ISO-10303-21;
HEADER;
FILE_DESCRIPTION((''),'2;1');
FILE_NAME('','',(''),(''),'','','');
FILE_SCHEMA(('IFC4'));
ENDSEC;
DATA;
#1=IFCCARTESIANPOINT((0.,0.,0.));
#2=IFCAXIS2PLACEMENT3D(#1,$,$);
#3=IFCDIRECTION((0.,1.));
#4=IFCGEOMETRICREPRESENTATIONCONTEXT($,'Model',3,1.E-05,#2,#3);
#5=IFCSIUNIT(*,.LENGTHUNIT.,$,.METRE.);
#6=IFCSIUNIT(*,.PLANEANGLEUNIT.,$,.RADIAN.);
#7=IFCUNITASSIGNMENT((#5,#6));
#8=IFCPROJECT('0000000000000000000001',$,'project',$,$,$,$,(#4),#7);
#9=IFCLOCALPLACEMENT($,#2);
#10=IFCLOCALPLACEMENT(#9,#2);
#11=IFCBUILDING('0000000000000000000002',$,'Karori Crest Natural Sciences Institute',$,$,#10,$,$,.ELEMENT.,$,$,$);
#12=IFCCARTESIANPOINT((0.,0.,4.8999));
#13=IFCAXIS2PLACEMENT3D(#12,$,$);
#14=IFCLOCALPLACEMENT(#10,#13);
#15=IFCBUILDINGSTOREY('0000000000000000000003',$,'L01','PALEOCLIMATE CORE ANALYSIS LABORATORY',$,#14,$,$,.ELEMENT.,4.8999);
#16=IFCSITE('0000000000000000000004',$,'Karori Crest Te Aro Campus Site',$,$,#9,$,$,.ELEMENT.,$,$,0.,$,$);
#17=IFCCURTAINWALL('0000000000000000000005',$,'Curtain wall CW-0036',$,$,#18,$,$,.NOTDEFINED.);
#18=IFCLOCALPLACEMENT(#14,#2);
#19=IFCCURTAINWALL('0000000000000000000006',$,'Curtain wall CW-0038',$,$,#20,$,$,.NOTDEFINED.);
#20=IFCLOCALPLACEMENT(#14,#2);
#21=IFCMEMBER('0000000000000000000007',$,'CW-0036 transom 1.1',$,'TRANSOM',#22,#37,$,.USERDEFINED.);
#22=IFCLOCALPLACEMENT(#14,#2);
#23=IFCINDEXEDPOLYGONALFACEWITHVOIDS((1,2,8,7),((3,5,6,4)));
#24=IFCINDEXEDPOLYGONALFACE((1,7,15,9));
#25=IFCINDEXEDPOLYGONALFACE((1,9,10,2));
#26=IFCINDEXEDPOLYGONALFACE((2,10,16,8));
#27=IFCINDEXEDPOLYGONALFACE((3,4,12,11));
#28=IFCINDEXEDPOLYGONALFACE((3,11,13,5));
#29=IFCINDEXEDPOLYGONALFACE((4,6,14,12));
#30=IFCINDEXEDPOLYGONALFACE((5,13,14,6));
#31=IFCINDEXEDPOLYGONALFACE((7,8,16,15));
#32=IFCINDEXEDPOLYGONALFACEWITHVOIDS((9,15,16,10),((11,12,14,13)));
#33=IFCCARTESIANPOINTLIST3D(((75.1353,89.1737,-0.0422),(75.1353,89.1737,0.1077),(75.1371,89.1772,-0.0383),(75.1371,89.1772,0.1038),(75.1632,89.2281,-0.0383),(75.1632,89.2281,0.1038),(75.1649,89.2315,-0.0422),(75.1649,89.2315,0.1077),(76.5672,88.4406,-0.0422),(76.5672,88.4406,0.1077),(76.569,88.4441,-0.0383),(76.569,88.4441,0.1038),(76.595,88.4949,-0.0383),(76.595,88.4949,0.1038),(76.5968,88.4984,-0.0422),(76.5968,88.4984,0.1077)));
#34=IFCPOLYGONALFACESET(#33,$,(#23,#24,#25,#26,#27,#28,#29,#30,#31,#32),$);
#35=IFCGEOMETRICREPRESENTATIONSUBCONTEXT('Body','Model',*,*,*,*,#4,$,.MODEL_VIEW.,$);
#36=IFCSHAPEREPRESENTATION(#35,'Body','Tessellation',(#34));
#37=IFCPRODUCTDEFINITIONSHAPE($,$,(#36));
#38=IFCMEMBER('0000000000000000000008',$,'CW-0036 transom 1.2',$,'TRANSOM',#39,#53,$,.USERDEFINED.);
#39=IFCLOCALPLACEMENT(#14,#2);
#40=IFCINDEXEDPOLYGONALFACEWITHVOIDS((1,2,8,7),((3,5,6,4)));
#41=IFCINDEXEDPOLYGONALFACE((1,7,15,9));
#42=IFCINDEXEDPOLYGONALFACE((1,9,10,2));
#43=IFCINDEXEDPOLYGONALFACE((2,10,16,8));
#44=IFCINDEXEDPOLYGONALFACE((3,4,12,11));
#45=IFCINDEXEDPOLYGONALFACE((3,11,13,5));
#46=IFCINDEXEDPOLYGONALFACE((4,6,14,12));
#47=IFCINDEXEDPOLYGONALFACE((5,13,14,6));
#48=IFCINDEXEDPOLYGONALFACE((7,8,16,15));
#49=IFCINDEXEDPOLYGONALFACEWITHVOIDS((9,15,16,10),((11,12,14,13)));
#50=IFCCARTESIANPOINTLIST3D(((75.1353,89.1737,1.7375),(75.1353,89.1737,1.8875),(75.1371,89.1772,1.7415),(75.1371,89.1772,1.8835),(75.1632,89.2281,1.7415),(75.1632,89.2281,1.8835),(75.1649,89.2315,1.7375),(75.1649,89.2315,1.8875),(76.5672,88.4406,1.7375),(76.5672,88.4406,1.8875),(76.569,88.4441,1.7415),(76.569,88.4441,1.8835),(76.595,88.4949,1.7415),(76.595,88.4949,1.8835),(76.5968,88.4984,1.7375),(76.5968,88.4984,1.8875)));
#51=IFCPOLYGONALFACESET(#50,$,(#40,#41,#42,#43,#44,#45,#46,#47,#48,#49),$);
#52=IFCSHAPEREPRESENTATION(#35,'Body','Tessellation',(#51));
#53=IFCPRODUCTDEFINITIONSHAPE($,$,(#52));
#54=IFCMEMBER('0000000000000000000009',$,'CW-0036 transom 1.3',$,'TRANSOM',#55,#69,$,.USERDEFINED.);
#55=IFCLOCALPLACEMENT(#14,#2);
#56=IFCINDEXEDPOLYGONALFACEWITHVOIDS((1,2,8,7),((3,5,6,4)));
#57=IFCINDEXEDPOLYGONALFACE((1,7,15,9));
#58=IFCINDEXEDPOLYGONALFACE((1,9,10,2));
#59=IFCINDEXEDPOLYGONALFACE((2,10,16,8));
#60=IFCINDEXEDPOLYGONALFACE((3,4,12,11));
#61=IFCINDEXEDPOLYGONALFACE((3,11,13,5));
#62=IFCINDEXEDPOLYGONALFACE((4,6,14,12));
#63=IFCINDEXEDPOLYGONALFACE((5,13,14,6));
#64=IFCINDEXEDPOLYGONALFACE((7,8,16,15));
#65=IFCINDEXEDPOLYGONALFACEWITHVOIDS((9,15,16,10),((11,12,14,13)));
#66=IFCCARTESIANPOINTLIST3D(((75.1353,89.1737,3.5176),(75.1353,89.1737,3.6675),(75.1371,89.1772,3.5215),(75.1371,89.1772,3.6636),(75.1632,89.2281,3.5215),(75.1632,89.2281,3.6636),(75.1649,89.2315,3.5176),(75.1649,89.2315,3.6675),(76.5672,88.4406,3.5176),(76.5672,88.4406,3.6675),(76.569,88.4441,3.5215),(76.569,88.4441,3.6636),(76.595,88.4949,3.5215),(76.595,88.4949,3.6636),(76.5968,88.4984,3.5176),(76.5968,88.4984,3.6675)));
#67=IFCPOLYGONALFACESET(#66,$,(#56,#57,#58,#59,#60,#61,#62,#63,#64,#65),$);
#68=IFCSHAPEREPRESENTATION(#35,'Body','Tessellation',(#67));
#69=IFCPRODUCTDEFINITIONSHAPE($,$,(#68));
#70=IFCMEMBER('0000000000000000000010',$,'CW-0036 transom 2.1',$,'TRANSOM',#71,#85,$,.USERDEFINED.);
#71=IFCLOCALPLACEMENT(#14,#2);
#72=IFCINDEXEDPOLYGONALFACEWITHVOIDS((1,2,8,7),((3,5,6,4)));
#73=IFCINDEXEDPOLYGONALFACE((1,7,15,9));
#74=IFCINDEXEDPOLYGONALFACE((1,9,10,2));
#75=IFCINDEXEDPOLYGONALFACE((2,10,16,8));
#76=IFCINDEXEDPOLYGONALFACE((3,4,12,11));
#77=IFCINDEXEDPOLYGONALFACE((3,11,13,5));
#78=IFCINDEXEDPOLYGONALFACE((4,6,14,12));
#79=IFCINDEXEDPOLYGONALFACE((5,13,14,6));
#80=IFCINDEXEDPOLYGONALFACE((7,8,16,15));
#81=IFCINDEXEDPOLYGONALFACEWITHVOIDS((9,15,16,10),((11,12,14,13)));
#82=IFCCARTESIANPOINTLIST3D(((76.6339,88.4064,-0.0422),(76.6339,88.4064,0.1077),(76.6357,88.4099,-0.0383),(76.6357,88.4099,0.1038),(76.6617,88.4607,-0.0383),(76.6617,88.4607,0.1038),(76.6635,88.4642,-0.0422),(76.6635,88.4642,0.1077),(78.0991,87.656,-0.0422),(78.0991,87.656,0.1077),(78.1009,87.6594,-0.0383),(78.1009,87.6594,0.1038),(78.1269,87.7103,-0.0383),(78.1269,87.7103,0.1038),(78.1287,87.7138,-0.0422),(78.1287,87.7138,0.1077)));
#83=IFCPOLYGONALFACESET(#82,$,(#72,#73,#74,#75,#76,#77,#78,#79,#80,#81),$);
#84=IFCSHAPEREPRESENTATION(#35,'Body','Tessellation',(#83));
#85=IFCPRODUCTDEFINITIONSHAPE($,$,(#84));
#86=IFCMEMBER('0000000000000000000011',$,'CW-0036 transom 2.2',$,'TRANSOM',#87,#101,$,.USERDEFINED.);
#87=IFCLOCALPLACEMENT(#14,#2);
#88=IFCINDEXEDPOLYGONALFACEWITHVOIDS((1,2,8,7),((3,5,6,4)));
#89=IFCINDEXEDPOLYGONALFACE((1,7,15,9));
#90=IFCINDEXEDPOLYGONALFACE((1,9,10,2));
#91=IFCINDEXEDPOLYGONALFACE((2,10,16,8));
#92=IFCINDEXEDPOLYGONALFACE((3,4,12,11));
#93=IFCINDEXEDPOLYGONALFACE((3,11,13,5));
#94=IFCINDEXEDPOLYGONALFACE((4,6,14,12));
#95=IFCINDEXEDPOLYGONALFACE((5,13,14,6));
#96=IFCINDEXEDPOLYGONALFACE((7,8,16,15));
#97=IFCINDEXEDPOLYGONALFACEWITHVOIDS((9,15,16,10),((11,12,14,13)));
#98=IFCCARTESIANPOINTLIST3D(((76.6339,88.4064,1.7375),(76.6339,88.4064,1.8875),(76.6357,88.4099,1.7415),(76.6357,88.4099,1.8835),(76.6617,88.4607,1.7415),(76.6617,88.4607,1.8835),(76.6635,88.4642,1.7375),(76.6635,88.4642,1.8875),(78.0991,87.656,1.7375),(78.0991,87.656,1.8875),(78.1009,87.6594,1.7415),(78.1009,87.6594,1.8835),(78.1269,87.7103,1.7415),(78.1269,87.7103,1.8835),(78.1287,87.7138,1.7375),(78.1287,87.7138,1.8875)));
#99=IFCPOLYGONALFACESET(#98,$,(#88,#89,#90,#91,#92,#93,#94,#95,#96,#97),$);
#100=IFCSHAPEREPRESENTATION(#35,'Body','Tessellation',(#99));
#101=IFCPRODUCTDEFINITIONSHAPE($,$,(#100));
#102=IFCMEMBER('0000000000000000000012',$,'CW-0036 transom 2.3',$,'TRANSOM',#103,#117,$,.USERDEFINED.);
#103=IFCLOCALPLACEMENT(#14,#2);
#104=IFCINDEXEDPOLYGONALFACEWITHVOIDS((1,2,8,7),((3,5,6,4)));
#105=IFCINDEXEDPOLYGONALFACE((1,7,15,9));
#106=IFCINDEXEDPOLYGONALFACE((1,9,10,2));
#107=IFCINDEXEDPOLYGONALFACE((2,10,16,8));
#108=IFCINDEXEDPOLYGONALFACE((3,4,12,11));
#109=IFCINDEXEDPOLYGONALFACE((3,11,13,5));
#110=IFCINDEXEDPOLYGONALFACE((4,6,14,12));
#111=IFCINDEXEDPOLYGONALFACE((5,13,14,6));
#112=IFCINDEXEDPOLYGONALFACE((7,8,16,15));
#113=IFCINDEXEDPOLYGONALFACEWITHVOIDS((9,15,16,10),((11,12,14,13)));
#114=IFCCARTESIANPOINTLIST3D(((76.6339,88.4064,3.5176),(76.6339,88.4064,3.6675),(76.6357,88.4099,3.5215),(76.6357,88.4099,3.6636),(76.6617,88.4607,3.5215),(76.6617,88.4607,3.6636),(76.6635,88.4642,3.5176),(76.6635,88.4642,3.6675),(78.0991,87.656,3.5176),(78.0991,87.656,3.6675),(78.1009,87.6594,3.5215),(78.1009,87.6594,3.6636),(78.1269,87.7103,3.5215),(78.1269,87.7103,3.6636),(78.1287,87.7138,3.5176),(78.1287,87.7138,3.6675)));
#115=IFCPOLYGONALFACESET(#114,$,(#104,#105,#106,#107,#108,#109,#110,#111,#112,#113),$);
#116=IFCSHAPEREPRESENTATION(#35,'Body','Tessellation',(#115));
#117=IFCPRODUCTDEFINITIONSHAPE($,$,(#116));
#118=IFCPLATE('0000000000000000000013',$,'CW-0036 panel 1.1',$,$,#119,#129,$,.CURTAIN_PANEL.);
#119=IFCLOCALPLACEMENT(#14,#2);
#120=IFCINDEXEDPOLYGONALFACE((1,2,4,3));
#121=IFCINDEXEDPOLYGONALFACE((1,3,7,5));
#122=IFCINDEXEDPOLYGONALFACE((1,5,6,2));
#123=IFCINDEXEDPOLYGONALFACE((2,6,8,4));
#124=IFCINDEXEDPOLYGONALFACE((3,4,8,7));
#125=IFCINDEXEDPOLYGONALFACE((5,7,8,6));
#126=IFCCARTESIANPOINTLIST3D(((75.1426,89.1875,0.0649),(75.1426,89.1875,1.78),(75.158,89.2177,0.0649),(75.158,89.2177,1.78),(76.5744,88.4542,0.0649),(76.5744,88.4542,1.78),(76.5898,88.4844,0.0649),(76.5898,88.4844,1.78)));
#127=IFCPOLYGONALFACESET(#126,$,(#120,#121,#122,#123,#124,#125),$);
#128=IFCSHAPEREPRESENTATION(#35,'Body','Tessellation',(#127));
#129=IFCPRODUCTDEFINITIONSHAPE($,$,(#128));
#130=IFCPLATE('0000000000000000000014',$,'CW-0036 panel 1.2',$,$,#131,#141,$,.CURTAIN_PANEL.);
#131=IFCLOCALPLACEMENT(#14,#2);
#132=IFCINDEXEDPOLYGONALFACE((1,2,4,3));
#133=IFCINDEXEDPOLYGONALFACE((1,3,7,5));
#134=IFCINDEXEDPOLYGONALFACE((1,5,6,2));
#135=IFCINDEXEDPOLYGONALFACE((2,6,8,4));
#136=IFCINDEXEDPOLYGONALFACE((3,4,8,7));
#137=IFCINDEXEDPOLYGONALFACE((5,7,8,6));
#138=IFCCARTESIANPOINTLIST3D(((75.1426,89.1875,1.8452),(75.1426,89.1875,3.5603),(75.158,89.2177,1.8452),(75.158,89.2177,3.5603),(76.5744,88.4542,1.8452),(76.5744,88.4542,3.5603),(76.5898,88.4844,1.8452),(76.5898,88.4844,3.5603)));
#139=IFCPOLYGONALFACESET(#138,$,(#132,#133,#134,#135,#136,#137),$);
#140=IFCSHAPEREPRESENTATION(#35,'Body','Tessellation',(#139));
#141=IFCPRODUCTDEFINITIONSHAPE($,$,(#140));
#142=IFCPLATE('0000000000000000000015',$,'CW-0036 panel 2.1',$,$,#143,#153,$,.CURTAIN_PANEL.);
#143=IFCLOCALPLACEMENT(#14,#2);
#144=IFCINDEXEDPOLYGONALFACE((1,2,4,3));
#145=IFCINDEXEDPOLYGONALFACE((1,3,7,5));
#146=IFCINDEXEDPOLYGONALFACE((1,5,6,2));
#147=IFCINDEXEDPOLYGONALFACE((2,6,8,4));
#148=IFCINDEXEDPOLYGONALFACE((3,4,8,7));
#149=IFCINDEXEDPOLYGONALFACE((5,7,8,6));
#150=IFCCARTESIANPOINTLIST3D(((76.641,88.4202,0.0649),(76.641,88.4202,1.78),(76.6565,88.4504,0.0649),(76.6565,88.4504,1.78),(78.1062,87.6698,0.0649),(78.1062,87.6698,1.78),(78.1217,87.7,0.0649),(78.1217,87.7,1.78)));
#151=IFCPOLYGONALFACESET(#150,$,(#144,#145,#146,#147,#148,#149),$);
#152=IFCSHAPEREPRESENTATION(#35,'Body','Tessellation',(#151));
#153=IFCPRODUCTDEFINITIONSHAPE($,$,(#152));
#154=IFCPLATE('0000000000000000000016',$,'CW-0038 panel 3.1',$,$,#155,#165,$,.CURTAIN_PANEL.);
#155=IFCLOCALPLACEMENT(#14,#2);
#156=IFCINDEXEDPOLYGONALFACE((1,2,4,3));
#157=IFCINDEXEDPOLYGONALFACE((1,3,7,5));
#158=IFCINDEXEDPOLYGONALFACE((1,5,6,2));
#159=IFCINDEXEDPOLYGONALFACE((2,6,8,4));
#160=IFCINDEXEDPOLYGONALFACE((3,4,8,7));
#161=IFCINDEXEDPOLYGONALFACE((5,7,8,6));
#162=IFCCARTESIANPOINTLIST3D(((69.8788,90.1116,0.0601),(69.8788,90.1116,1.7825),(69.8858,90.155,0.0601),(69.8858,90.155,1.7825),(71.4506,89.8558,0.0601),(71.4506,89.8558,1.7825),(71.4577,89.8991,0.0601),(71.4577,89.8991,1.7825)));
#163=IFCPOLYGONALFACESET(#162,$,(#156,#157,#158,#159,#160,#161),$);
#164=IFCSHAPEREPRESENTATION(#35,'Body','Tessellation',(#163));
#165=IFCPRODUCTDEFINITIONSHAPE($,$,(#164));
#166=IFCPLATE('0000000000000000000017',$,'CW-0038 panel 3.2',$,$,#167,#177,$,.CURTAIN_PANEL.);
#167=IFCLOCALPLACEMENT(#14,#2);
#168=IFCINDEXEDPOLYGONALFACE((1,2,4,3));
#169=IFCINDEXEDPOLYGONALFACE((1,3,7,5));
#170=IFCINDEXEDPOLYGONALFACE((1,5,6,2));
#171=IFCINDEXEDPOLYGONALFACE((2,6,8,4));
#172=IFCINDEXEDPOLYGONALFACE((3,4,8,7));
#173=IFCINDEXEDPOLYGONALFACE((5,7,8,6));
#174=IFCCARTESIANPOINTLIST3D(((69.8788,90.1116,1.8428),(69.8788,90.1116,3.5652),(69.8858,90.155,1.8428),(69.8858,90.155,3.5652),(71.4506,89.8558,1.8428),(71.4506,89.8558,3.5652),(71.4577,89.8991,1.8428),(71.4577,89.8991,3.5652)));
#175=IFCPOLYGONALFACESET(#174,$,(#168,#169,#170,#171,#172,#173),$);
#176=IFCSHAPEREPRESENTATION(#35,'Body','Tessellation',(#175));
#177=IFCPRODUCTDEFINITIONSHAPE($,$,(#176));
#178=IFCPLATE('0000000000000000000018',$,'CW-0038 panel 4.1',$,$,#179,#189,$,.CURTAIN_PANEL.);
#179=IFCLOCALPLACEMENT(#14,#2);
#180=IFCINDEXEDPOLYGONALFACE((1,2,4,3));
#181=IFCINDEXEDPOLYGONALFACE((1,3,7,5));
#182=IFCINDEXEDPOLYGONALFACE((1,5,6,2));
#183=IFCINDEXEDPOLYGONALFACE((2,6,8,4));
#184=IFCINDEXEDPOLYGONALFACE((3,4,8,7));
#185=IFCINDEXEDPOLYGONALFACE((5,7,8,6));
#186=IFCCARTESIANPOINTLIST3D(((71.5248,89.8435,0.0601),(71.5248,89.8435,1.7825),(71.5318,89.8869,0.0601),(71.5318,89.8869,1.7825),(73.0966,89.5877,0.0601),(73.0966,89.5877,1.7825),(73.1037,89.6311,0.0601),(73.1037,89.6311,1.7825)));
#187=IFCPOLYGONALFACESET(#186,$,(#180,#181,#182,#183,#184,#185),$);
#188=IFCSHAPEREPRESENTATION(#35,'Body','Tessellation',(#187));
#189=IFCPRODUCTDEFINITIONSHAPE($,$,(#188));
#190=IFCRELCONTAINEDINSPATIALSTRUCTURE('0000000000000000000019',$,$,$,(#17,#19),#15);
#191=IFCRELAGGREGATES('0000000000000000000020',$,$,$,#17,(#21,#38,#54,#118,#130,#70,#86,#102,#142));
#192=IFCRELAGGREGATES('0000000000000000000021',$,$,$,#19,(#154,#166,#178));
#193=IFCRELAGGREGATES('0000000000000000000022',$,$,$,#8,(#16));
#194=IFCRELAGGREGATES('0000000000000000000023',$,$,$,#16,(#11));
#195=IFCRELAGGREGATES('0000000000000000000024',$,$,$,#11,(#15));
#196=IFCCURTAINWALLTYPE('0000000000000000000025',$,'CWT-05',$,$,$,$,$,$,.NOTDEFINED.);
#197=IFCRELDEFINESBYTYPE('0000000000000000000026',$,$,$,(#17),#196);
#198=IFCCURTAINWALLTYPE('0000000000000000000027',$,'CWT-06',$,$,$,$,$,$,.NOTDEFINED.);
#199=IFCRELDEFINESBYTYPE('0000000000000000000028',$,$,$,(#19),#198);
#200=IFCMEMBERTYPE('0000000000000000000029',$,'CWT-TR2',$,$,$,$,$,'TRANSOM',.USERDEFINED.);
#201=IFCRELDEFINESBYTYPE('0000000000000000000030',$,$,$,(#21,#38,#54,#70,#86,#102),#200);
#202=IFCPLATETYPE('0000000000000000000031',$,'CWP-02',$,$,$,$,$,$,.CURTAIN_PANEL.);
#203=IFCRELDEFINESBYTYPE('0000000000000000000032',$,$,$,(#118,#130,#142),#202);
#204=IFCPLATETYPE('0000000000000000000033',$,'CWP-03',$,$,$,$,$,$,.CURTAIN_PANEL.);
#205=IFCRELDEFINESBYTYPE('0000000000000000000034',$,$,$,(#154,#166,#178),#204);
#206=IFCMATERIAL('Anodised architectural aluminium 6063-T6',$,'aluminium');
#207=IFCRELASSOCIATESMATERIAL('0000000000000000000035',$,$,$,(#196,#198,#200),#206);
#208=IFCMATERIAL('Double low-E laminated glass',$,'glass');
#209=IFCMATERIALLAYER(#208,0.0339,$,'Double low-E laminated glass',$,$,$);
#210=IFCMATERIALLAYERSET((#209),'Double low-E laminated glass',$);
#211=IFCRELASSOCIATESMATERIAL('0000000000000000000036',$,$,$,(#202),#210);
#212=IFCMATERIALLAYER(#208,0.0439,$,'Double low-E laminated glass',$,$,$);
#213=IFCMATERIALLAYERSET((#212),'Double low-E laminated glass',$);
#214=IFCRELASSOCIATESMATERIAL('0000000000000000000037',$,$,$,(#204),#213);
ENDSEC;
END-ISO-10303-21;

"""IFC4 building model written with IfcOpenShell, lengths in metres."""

from ifc_helpers import new_model, si_unit, direction, frame, origin, origin_2d, place, context, subcontext, project, spatial, rectangle, hollow_rectangle, extrude, material, layer, layer_set, material_profile, profile_set, type_object, element, aggregate, save


model = new_model("IFC4")

# Units and contexts
model_context = context("Model", 3, precision=1e-05, world=origin(), true_north=direction((0.0, 1.0)))
body_context = subcontext(model_context, "Body", "Model", "MODEL_VIEW")
ifc_project = project(units=[si_unit("LENGTHUNIT", "METRE"), si_unit("PLANEANGLEUNIT", "RADIAN")], contexts=[model_context])

# Site, building, storey
site_placement = place(None, origin())
site = spatial("IfcSite", under=ifc_project, at=site_placement, Name="Karori Crest Te Aro Campus Site", CompositionType="ELEMENT", RefElevation=0.0)
building_placement = place(site_placement, origin())
building = spatial("IfcBuilding", under=site, at=building_placement, Name="Karori Crest Natural Sciences Institute", CompositionType="ELEMENT")
storey_placement = place(building_placement, frame((0.0, 0.0, 4.8999)))
storey = spatial("IfcBuildingStorey", under=building, at=storey_placement, Name="L01", Description="PALEOCLIMATE CORE ANALYSIS LABORATORY", CompositionType="ELEMENT", Elevation=4.8999)

# Curtain walls
ifc_material_1 = material(Name="Anodised architectural aluminium 6063-T6", Category="aluminium")
curtain_wall_type_1 = type_object("IfcCurtainWallType", Name="CWT-05", PredefinedType="NOTDEFINED", material=ifc_material_1)
curtain_wall_1_placement = place(storey_placement, origin())
curtain_wall_1 = element("IfcCurtainWall", 1, at=curtain_wall_1_placement, inside=storey, type_object=curtain_wall_type_1, Name="Curtain wall CW-0036", PredefinedType="NOTDEFINED")
curtain_wall_type_2 = type_object("IfcCurtainWallType", Name="CWT-06", PredefinedType="NOTDEFINED", material=ifc_material_1)
curtain_wall_2_placement = place(storey_placement, origin())
curtain_wall_2 = element("IfcCurtainWall", 2, at=curtain_wall_2_placement, inside=storey, type_object=curtain_wall_type_2, Name="Curtain wall CW-0038", PredefinedType="NOTDEFINED")

# Members
ifc_material_profile_1 = material_profile(ifc_material_1, hollow_rectangle(XDim=0.0649, YDim=0.1499, WallThickness=0.0039, at=origin_2d()), Name="CWT150x65x4")
ifc_profile_set_1 = profile_set([ifc_material_profile_1], Name="Anodised architectural aluminium 6063-T6")
member_type_1 = type_object("IfcMemberType", Name="CWT-TR2", ElementType="TRANSOM", PredefinedType="USERDEFINED", material=ifc_profile_set_1)
member_1_placement = place(storey_placement, frame((75.1501, 89.2026, 0.0327), z_axis=(0.890106, -0.455753, 0.0), x_axis=(0.455753, 0.890106, 0.0)))
member_1 = element("IfcMember", 3, at=member_1_placement, type_object=member_type_1, Name="CW-0036 transom 1.1", ObjectType="TRANSOM", PredefinedType="USERDEFINED", context=body_context, shape_type="SweptSolid", body=[
    extrude(hollow_rectangle(XDim=0.0649, YDim=0.1499, WallThickness=0.0039, at=origin_2d()), origin(), (0.0, 0.0, 1.0), 1.6086),
])
member_2_placement = place(storey_placement, frame((75.1501, 89.2026, 1.8125), z_axis=(0.890106, -0.455753, 0.0), x_axis=(0.455753, 0.890106, 0.0)))
member_2 = element("IfcMember", 4, at=member_2_placement, type_object=member_type_1, Name="CW-0036 transom 1.2", ObjectType="TRANSOM", PredefinedType="USERDEFINED", context=body_context, shape_type="SweptSolid", body=[
    extrude(hollow_rectangle(XDim=0.0649, YDim=0.1499, WallThickness=0.0039, at=origin_2d()), origin(), (0.0, 0.0, 1.0), 1.6086),
])
member_3_placement = place(storey_placement, frame((75.1501, 89.2026, 3.5925), z_axis=(0.890106, -0.455753, 0.0), x_axis=(0.455753, 0.890106, 0.0)))
member_3 = element("IfcMember", 5, at=member_3_placement, type_object=member_type_1, Name="CW-0036 transom 1.3", ObjectType="TRANSOM", PredefinedType="USERDEFINED", context=body_context, shape_type="SweptSolid", body=[
    extrude(hollow_rectangle(XDim=0.0649, YDim=0.1499, WallThickness=0.0039, at=origin_2d()), origin(), (0.0, 0.0, 1.0), 1.6086),
])
member_4_placement = place(storey_placement, frame((76.6487, 88.4353, 0.0327), z_axis=(0.890055, -0.455853, 0.0), x_axis=(0.455853, 0.890055, 0.0)))
member_4 = element("IfcMember", 6, at=member_4_placement, type_object=member_type_1, Name="CW-0036 transom 2.1", ObjectType="TRANSOM", PredefinedType="USERDEFINED", context=body_context, shape_type="SweptSolid", body=[
    extrude(hollow_rectangle(XDim=0.0649, YDim=0.1499, WallThickness=0.0039, at=origin_2d()), origin(), (0.0, 0.0, 1.0), 1.6462),
])
member_5_placement = place(storey_placement, frame((76.6487, 88.4353, 1.8125), z_axis=(0.890055, -0.455853, 0.0), x_axis=(0.455853, 0.890055, 0.0)))
member_5 = element("IfcMember", 7, at=member_5_placement, type_object=member_type_1, Name="CW-0036 transom 2.2", ObjectType="TRANSOM", PredefinedType="USERDEFINED", context=body_context, shape_type="SweptSolid", body=[
    extrude(hollow_rectangle(XDim=0.0649, YDim=0.1499, WallThickness=0.0039, at=origin_2d()), origin(), (0.0, 0.0, 1.0), 1.6462),
])
member_6_placement = place(storey_placement, frame((76.6487, 88.4353, 3.5925), z_axis=(0.890055, -0.455853, 0.0), x_axis=(0.455853, 0.890055, 0.0)))
member_6 = element("IfcMember", 8, at=member_6_placement, type_object=member_type_1, Name="CW-0036 transom 2.3", ObjectType="TRANSOM", PredefinedType="USERDEFINED", context=body_context, shape_type="SweptSolid", body=[
    extrude(hollow_rectangle(XDim=0.0649, YDim=0.1499, WallThickness=0.0039, at=origin_2d()), origin(), (0.0, 0.0, 1.0), 1.6462),
])

# Plates
ifc_material_2 = material(Name="Double low-E laminated glass", Category="glass")
ifc_layer_1 = layer(ifc_material_2, 0.0339, Name="Double low-E laminated glass")
ifc_layer_set_1 = layer_set([ifc_layer_1], Name="Double low-E laminated glass")
plate_type_1 = type_object("IfcPlateType", Name="CWP-02", PredefinedType="CURTAIN_PANEL", material=ifc_layer_set_1)
plate_1_placement = place(storey_placement, frame((75.8662, 88.8359, 0.0649), z_axis=(0.0, 0.0, 1.0), x_axis=(0.890065, -0.455833, 0.0)))
plate_1 = element("IfcPlate", 9, at=plate_1_placement, type_object=plate_type_1, Name="CW-0036 panel 1.1", PredefinedType="CURTAIN_PANEL", context=body_context, shape_type="SweptSolid", body=[
    extrude(rectangle(XDim=1.6086, YDim=0.0339, at=origin_2d()), origin(), (0.0, 0.0, 1.0), 1.7151),
])
plate_2_placement = place(storey_placement, frame((75.8662, 88.8359, 1.8452), z_axis=(0.0, 0.0, 1.0), x_axis=(0.890065, -0.455833, 0.0)))
plate_2 = element("IfcPlate", 10, at=plate_2_placement, type_object=plate_type_1, Name="CW-0036 panel 1.2", PredefinedType="CURTAIN_PANEL", context=body_context, shape_type="SweptSolid", body=[
    extrude(rectangle(XDim=1.6086, YDim=0.0339, at=origin_2d()), origin(), (0.0, 0.0, 1.0), 1.7151),
])
plate_3_placement = place(storey_placement, frame((77.3813, 88.0601, 0.0649), z_axis=(0.0, 0.0, 1.0), x_axis=(0.890065, -0.455833, 0.0)))
plate_3 = element("IfcPlate", 11, at=plate_3_placement, type_object=plate_type_1, Name="CW-0036 panel 2.1", PredefinedType="CURTAIN_PANEL", context=body_context, shape_type="SweptSolid", body=[
    extrude(rectangle(XDim=1.6462, YDim=0.0339, at=origin_2d()), origin(), (0.0, 0.0, 1.0), 1.7151),
])
aggregate(curtain_wall_1, [member_1, member_2, member_3, plate_1, plate_2, member_4, member_5, member_6, plate_3])
ifc_layer_2 = layer(ifc_material_2, 0.0439, Name="Double low-E laminated glass")
ifc_layer_set_2 = layer_set([ifc_layer_2], Name="Double low-E laminated glass")
plate_type_2 = type_object("IfcPlateType", Name="CWP-03", PredefinedType="CURTAIN_PANEL", material=ifc_layer_set_2)
plate_4_placement = place(storey_placement, frame((70.6682, 90.0054, 0.0601), z_axis=(0.0, 0.0, 1.0), x_axis=(0.987011, -0.160652, 0.0)))
plate_4 = element("IfcPlate", 12, at=plate_4_placement, type_object=plate_type_2, Name="CW-0038 panel 3.1", PredefinedType="CURTAIN_PANEL", context=body_context, shape_type="SweptSolid", body=[
    extrude(rectangle(XDim=1.5925, YDim=0.0439, at=origin_2d()), origin(), (0.0, 0.0, 1.0), 1.7224),
])
plate_5_placement = place(storey_placement, frame((70.6682, 90.0054, 1.8428), z_axis=(0.0, 0.0, 1.0), x_axis=(0.987011, -0.160652, 0.0)))
plate_5 = element("IfcPlate", 13, at=plate_5_placement, type_object=plate_type_2, Name="CW-0038 panel 3.2", PredefinedType="CURTAIN_PANEL", context=body_context, shape_type="SweptSolid", body=[
    extrude(rectangle(XDim=1.5925, YDim=0.0439, at=origin_2d()), origin(), (0.0, 0.0, 1.0), 1.7224),
])
plate_6_placement = place(storey_placement, frame((72.3142, 89.7373, 0.0601), z_axis=(0.0, 0.0, 1.0), x_axis=(0.987011, -0.160652, 0.0)))
plate_6 = element("IfcPlate", 14, at=plate_6_placement, type_object=plate_type_2, Name="CW-0038 panel 4.1", PredefinedType="CURTAIN_PANEL", context=body_context, shape_type="SweptSolid", body=[
    extrude(rectangle(XDim=1.5925, YDim=0.0439, at=origin_2d()), origin(), (0.0, 0.0, 1.0), 1.7224),
])
aggregate(curtain_wall_2, [plate_4, plate_5, plate_6])

save(model, "model.ifc")
